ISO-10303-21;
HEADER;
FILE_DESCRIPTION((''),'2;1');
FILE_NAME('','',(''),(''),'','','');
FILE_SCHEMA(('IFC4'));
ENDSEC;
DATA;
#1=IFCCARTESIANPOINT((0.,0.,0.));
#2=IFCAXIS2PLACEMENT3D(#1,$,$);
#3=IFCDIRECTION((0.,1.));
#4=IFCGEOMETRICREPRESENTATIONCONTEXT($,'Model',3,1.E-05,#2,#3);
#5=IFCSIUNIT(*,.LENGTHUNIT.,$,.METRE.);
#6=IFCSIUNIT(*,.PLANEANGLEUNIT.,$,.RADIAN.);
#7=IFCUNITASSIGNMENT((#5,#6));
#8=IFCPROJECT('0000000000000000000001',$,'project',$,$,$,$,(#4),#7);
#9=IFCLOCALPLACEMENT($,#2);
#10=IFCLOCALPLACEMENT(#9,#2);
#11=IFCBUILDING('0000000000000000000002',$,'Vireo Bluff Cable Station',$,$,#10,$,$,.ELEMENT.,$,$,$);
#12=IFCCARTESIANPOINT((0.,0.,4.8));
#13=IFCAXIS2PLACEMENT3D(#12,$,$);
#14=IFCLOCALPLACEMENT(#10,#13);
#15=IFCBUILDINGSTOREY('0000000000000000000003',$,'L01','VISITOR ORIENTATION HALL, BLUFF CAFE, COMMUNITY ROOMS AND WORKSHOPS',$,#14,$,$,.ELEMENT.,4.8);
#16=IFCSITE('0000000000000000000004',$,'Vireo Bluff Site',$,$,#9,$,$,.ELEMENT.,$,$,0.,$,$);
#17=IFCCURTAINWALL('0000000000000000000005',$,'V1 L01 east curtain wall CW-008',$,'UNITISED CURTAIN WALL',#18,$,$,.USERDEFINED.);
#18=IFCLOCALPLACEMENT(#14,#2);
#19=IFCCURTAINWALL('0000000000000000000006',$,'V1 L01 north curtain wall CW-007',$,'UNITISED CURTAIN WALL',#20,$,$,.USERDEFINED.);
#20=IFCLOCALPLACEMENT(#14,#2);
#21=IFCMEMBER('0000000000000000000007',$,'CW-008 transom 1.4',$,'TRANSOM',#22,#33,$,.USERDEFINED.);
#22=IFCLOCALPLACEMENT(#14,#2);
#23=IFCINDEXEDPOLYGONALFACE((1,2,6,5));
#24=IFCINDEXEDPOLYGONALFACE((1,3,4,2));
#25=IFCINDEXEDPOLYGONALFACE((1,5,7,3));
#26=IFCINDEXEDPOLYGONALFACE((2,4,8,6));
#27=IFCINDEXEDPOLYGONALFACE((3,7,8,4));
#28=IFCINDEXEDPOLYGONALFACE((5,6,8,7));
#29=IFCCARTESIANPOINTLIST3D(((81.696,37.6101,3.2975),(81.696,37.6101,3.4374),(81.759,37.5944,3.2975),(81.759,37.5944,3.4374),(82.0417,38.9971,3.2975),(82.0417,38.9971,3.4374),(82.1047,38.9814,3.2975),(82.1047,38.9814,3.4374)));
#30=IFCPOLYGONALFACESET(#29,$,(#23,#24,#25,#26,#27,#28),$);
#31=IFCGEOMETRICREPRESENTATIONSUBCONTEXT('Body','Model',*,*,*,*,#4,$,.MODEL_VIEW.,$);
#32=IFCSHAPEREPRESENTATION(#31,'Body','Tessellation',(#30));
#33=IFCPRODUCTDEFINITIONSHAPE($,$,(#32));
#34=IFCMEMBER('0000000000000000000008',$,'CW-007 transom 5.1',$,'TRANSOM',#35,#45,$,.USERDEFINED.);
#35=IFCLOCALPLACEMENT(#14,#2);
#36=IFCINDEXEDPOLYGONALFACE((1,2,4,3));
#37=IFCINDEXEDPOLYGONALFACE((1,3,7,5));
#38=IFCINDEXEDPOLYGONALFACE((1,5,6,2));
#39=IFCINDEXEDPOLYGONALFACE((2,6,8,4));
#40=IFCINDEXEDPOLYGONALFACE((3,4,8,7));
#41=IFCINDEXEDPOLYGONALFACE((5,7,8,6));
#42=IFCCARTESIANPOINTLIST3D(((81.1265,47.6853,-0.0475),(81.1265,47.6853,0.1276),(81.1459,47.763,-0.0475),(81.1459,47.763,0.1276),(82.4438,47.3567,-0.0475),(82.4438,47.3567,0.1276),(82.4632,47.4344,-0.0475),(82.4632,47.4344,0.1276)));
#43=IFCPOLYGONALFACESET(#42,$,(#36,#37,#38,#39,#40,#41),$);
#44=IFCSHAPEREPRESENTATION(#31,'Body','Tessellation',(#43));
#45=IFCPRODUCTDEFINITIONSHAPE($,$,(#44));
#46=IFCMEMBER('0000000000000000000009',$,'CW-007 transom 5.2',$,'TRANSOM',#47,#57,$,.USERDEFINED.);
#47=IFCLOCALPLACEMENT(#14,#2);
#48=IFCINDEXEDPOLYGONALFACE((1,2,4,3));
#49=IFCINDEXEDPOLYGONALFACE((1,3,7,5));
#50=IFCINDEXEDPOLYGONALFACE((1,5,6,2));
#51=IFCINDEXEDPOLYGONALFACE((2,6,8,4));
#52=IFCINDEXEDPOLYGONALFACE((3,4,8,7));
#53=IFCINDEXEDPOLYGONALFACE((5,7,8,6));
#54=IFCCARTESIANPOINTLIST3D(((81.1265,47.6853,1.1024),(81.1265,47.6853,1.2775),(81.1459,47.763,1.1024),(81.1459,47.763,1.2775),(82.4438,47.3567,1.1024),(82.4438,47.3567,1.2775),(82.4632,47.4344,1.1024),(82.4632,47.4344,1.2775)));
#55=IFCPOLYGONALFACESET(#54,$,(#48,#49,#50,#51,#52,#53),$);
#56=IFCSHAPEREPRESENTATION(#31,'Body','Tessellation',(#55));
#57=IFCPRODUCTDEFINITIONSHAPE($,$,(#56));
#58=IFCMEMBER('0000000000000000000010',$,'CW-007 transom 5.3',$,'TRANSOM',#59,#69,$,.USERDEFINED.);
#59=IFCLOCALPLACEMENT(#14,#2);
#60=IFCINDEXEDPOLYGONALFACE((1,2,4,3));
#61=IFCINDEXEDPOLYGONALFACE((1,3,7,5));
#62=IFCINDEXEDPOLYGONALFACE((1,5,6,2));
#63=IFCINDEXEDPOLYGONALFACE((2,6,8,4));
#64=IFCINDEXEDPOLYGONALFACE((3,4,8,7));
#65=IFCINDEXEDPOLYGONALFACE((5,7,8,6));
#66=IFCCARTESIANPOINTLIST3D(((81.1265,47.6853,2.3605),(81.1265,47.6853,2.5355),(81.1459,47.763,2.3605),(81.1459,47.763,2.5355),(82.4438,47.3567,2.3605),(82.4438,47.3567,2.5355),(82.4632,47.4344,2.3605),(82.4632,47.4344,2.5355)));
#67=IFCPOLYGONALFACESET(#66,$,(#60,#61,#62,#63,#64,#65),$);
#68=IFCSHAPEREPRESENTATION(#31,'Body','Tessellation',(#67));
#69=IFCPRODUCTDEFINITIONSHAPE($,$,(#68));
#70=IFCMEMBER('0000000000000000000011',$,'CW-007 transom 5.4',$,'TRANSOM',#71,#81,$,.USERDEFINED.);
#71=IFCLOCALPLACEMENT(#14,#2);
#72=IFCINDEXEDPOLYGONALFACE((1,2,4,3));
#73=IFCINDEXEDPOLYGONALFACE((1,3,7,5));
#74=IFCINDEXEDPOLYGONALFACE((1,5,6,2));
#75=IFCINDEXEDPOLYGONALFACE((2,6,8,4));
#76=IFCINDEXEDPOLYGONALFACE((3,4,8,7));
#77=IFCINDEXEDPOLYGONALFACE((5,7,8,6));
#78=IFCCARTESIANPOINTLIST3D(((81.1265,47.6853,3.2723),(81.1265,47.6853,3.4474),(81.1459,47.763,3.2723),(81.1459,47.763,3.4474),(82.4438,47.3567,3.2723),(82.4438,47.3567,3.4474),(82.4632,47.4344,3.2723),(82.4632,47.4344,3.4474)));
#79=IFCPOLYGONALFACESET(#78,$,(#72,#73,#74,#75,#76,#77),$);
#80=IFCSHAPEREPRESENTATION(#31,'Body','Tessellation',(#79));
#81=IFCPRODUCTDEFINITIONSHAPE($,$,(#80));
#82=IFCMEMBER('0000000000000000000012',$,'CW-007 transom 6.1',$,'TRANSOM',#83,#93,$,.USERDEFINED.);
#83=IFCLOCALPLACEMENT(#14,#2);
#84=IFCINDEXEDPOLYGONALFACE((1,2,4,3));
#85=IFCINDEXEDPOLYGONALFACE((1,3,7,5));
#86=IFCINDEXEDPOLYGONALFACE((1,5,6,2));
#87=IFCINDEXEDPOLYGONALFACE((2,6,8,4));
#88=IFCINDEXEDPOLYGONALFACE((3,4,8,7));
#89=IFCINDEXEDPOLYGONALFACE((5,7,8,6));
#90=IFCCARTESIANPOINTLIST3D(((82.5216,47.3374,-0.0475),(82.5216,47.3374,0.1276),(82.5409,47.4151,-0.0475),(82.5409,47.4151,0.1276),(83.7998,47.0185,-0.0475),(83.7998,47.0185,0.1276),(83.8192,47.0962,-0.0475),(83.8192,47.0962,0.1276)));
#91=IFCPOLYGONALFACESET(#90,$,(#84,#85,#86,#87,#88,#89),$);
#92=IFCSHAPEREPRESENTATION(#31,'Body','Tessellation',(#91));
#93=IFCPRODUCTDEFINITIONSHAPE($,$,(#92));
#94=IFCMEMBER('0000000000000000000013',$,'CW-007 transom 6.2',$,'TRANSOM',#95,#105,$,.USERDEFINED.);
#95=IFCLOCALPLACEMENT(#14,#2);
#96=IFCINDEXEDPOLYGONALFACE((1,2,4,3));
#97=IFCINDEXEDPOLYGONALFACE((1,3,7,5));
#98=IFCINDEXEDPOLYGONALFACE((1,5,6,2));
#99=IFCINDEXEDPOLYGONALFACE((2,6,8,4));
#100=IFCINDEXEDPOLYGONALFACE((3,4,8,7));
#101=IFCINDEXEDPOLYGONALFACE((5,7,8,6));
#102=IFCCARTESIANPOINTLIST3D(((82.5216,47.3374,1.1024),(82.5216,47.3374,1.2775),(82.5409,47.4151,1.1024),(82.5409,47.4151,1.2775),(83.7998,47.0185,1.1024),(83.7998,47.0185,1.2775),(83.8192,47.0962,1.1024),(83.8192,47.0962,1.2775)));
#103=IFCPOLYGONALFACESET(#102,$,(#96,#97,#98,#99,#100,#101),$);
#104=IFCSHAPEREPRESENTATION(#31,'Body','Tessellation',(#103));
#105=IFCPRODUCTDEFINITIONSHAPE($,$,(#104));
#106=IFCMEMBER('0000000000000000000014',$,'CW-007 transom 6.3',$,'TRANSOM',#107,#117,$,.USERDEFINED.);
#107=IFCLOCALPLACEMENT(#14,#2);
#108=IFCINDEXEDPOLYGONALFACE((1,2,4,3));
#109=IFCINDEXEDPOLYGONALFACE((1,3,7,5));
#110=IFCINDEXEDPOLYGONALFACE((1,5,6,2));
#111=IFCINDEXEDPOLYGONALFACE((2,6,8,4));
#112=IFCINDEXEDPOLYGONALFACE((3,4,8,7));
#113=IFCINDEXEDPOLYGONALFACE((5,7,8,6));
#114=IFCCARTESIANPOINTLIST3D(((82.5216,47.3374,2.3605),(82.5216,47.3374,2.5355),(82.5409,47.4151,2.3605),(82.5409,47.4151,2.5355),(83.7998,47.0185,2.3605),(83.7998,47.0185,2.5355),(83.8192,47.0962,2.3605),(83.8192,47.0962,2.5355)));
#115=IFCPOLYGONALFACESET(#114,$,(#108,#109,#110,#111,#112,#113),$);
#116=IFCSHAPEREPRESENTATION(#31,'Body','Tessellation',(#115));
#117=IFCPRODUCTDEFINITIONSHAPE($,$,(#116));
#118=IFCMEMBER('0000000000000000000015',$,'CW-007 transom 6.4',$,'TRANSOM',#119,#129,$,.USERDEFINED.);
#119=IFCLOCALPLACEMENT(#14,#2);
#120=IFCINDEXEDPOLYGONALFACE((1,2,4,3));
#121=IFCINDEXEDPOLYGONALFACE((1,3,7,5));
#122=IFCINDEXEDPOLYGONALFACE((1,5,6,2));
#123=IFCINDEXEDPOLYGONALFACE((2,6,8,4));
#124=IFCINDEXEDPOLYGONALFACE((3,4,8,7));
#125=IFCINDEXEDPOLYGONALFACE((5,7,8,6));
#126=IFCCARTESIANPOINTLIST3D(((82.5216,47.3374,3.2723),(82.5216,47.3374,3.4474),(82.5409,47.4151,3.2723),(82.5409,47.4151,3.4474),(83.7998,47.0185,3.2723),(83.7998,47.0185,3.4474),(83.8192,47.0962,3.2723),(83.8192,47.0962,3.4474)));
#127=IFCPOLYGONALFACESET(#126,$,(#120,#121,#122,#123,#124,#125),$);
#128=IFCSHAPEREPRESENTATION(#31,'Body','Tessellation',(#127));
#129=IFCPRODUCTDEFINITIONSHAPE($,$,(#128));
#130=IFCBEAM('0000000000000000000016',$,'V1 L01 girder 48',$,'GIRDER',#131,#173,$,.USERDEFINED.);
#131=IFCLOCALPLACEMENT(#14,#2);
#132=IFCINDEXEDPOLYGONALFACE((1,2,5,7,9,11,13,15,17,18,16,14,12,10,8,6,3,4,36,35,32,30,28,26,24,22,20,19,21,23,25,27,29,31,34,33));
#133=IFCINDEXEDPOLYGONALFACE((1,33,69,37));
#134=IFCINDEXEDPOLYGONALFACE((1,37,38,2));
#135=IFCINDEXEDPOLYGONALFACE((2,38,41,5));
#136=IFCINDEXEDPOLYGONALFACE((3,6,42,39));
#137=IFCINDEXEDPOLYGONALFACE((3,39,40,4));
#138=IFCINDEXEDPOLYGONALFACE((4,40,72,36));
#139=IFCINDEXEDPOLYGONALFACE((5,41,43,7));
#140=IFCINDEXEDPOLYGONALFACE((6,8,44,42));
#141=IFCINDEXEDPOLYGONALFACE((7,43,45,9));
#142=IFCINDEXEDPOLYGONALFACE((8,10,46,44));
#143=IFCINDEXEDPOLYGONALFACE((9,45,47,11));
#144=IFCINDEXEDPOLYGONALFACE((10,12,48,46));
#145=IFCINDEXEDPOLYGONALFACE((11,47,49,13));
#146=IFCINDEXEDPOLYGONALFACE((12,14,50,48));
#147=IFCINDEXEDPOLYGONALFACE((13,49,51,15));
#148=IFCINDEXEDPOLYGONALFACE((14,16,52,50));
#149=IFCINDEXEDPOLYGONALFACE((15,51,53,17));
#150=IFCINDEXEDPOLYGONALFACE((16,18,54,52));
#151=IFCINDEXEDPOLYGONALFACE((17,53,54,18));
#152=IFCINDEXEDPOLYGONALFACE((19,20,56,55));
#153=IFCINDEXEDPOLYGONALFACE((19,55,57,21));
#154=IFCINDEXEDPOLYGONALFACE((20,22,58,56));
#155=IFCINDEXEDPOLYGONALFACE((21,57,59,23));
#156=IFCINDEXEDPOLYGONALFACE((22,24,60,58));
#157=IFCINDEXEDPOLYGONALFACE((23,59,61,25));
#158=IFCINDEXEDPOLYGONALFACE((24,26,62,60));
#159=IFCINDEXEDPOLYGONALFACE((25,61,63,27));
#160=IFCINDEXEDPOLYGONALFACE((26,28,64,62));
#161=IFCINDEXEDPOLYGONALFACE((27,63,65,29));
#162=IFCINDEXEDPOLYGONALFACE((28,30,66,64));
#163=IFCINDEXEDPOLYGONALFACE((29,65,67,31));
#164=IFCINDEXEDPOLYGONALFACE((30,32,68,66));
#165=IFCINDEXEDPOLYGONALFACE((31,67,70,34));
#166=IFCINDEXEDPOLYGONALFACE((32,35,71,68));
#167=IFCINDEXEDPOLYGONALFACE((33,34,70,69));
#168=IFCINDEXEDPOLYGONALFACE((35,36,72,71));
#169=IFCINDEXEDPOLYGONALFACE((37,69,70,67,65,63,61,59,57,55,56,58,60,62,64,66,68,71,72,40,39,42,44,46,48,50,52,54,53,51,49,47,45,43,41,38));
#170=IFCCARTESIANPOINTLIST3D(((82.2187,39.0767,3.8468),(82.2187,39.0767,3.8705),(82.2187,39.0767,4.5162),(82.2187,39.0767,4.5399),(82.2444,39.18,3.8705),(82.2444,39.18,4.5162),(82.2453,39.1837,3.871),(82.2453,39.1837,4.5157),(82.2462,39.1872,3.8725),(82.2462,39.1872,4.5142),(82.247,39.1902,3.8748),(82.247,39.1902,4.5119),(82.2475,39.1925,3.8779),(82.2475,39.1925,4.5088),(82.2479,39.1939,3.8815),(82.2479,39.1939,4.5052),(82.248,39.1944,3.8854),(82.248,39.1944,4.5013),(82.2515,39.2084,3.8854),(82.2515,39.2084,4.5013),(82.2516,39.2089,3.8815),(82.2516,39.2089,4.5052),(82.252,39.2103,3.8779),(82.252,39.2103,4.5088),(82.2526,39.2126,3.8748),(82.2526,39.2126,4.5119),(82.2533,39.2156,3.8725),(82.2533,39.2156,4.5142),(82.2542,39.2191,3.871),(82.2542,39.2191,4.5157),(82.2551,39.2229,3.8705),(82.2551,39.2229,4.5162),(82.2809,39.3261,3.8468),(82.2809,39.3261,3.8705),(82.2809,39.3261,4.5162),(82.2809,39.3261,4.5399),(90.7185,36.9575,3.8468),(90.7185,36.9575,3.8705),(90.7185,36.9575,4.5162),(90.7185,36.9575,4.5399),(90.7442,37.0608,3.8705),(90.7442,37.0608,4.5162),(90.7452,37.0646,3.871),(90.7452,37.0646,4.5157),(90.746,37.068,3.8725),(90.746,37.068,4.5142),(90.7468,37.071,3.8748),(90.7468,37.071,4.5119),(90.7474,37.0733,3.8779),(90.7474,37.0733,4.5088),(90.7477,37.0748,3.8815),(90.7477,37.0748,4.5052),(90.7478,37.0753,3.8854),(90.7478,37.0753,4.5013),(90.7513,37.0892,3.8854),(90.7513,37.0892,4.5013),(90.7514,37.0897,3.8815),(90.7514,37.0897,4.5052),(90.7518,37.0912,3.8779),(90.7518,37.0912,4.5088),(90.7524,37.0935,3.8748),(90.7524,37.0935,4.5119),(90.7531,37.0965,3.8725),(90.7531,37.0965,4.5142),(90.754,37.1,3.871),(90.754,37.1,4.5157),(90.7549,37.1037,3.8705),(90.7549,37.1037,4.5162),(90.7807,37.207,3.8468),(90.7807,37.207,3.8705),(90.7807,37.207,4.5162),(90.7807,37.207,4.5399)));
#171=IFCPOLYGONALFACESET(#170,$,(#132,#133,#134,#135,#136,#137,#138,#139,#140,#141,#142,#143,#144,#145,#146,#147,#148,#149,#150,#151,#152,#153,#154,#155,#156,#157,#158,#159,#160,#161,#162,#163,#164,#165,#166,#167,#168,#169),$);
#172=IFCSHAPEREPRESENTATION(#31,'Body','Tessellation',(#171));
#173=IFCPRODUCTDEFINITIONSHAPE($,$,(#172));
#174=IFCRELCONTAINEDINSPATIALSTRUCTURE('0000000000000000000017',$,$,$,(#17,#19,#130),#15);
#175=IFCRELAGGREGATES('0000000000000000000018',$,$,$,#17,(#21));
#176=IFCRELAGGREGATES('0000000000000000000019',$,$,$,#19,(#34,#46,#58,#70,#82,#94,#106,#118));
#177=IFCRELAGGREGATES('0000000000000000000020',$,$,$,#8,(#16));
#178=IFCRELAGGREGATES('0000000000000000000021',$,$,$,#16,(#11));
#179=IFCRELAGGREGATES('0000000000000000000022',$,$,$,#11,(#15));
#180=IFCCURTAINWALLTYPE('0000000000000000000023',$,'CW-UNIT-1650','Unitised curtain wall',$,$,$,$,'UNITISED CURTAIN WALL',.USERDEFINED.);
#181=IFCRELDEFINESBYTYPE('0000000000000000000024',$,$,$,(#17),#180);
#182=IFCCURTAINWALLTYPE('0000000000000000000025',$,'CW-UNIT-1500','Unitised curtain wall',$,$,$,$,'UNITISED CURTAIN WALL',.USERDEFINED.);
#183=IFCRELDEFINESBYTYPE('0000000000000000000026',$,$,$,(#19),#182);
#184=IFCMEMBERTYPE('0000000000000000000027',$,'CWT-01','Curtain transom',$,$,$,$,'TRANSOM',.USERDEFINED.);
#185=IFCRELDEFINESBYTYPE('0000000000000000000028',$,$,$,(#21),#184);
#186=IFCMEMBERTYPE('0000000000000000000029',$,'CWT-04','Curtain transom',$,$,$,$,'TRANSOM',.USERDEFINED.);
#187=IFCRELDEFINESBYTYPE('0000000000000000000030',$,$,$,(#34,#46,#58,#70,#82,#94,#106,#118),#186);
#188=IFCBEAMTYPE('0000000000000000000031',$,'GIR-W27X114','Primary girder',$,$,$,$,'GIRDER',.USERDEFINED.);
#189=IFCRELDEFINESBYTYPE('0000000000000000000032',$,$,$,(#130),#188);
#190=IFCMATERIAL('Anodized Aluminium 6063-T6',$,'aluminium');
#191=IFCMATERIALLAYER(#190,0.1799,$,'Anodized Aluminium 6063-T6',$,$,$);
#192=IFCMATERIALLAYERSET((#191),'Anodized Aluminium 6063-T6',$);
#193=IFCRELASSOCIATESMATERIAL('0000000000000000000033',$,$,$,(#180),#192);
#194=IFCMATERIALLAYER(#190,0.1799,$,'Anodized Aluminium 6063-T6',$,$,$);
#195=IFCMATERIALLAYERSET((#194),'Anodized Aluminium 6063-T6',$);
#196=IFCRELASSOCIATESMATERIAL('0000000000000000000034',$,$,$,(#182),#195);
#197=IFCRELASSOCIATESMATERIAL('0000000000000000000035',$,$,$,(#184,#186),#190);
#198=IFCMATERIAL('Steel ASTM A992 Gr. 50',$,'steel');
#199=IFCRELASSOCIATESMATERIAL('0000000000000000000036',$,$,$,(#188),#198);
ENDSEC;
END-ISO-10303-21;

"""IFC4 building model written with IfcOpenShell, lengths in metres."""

from ifc_helpers import new_model, si_unit, direction, frame, origin, origin_2d, place, context, subcontext, project, spatial, rectangle, i_section, extrude, material, layer, layer_set, material_profile, profile_set, type_object, element, aggregate, save


model = new_model("IFC4")

# Units and contexts
model_context = context("Model", 3, precision=1e-05, world=origin(), true_north=direction((0.0, 1.0)))
body_context = subcontext(model_context, "Body", "Model", "MODEL_VIEW")
ifc_project = project(units=[si_unit("LENGTHUNIT", "METRE"), si_unit("PLANEANGLEUNIT", "RADIAN")], contexts=[model_context])

# Site, building, storey
site_placement = place(None, origin())
site = spatial("IfcSite", under=ifc_project, at=site_placement, Name="Vireo Bluff Site", CompositionType="ELEMENT", RefElevation=0.0)
building_placement = place(site_placement, origin())
building = spatial("IfcBuilding", under=site, at=building_placement, Name="Vireo Bluff Cable Station", CompositionType="ELEMENT")
storey_placement = place(building_placement, frame((0.0, 0.0, 4.8)))
storey = spatial("IfcBuildingStorey", under=building, at=storey_placement, Name="L01", Description="VISITOR ORIENTATION HALL, BLUFF CAFE, COMMUNITY ROOMS AND WORKSHOPS", CompositionType="ELEMENT", Elevation=4.8)

# Shared definitions
ifc_material_1 = material(Name="Steel ASTM A992 Gr. 50", Category="steel")

# Curtain wall
ifc_material_2 = material(Name="Anodized Aluminium 6063-T6", Category="aluminium")
ifc_layer_1 = layer(ifc_material_2, 0.1799, Name="Anodized Aluminium 6063-T6")
ifc_layer_set_1 = layer_set([ifc_layer_1], Name="Anodized Aluminium 6063-T6")
curtain_wall_type_1 = type_object("IfcCurtainWallType", Name="CW-UNIT-1650", Description="Unitised curtain wall", ElementType="UNITISED CURTAIN WALL", PredefinedType="USERDEFINED", material=ifc_layer_set_1)
curtain_wall_1_placement = place(storey_placement, origin())
curtain_wall_1 = element("IfcCurtainWall", 1, at=curtain_wall_1_placement, inside=storey, type_object=curtain_wall_type_1, Name="V1 L01 east curtain wall CW-008", ObjectType="UNITISED CURTAIN WALL", PredefinedType="USERDEFINED")

# Curtain wall
ifc_layer_2 = layer(ifc_material_2, 0.1799, Name="Anodized Aluminium 6063-T6")
ifc_layer_set_2 = layer_set([ifc_layer_2], Name="Anodized Aluminium 6063-T6")
curtain_wall_type_2 = type_object("IfcCurtainWallType", Name="CW-UNIT-1500", Description="Unitised curtain wall", ElementType="UNITISED CURTAIN WALL", PredefinedType="USERDEFINED", material=ifc_layer_set_2)
curtain_wall_2_placement = place(storey_placement, origin())
curtain_wall_2 = element("IfcCurtainWall", 2, at=curtain_wall_2_placement, inside=storey, type_object=curtain_wall_type_2, Name="V1 L01 north curtain wall CW-007", ObjectType="UNITISED CURTAIN WALL", PredefinedType="USERDEFINED")

# Members
ifc_material_profile_1 = material_profile(ifc_material_2, rectangle(XDim=0.0649, YDim=0.1399, at=origin_2d()), Name="ALU-T-65X140")
ifc_profile_set_1 = profile_set([ifc_material_profile_1], Name="Anodized Aluminium 6063-T6")
member_type_1 = type_object("IfcMemberType", Name="CWT-01", Description="Curtain transom", ElementType="TRANSOM", PredefinedType="USERDEFINED", material=ifc_profile_set_1)
member_1_placement = place(storey_placement, frame((82.0732, 38.9893, 3.3674), z_axis=(-0.241852, -0.970313, 0.0), x_axis=(0.970313, -0.241852, 0.0)))
member_1 = element("IfcMember", 3, at=member_1_placement, type_object=member_type_1, Name="CW-008 transom 1.4", ObjectType="TRANSOM", PredefinedType="USERDEFINED", context=body_context, shape_type="SweptSolid", body=[
    extrude(rectangle(XDim=0.0649, YDim=0.1399, at=origin_2d()), origin(), (0.0, 0.0, 1.0), 1.4294),
])
aggregate(curtain_wall_1, [member_1])
ifc_material_profile_2 = material_profile(ifc_material_2, rectangle(XDim=0.0801, YDim=0.175, at=origin_2d()), Name="ALU-T-80X175")
ifc_profile_set_2 = profile_set([ifc_material_profile_2], Name="Anodized Aluminium 6063-T6")
member_type_2 = type_object("IfcMemberType", Name="CWT-04", Description="Curtain transom", ElementType="TRANSOM", PredefinedType="USERDEFINED", material=ifc_profile_set_2)
member_2_placement = place(storey_placement, frame((81.1362, 47.7241, 0.04), z_axis=(0.970269, -0.242028, 0.0), x_axis=(0.242028, 0.970269, 0.0)))
member_2 = element("IfcMember", 4, at=member_2_placement, type_object=member_type_2, Name="CW-007 transom 5.1", ObjectType="TRANSOM", PredefinedType="USERDEFINED", context=body_context, shape_type="SweptSolid", body=[
    extrude(rectangle(XDim=0.0801, YDim=0.175, at=origin_2d()), origin(), (0.0, 0.0, 1.0), 1.3577),
])
member_3_placement = place(storey_placement, frame((81.1362, 47.7241, 1.1899), z_axis=(0.970269, -0.242028, 0.0), x_axis=(0.242028, 0.970269, 0.0)))
member_3 = element("IfcMember", 5, at=member_3_placement, type_object=member_type_2, Name="CW-007 transom 5.2", ObjectType="TRANSOM", PredefinedType="USERDEFINED", context=body_context, shape_type="SweptSolid", body=[
    extrude(rectangle(XDim=0.0801, YDim=0.175, at=origin_2d()), origin(), (0.0, 0.0, 1.0), 1.3577),
])
member_4_placement = place(storey_placement, frame((81.1362, 47.7241, 2.448), z_axis=(0.970269, -0.242028, 0.0), x_axis=(0.242028, 0.970269, 0.0)))
member_4 = element("IfcMember", 6, at=member_4_placement, type_object=member_type_2, Name="CW-007 transom 5.3", ObjectType="TRANSOM", PredefinedType="USERDEFINED", context=body_context, shape_type="SweptSolid", body=[
    extrude(rectangle(XDim=0.0801, YDim=0.175, at=origin_2d()), origin(), (0.0, 0.0, 1.0), 1.3577),
])
member_5_placement = place(storey_placement, frame((81.1362, 47.7241, 3.3599), z_axis=(0.970269, -0.242028, 0.0), x_axis=(0.242028, 0.970269, 0.0)))
member_5 = element("IfcMember", 7, at=member_5_placement, type_object=member_type_2, Name="CW-007 transom 5.4", ObjectType="TRANSOM", PredefinedType="USERDEFINED", context=body_context, shape_type="SweptSolid", body=[
    extrude(rectangle(XDim=0.0801, YDim=0.175, at=origin_2d()), origin(), (0.0, 0.0, 1.0), 1.3577),
])
member_6_placement = place(storey_placement, frame((82.5312, 47.3762, 0.04), z_axis=(0.970273, -0.242012, 0.0), x_axis=(0.242012, 0.970273, 0.0)))
member_6 = element("IfcMember", 8, at=member_6_placement, type_object=member_type_2, Name="CW-007 transom 6.1", ObjectType="TRANSOM", PredefinedType="USERDEFINED", context=body_context, shape_type="SweptSolid", body=[
    extrude(rectangle(XDim=0.0801, YDim=0.175, at=origin_2d()), origin(), (0.0, 0.0, 1.0), 1.3174),
])
member_7_placement = place(storey_placement, frame((82.5312, 47.3762, 1.1899), z_axis=(0.970273, -0.242012, 0.0), x_axis=(0.242012, 0.970273, 0.0)))
member_7 = element("IfcMember", 9, at=member_7_placement, type_object=member_type_2, Name="CW-007 transom 6.2", ObjectType="TRANSOM", PredefinedType="USERDEFINED", context=body_context, shape_type="SweptSolid", body=[
    extrude(rectangle(XDim=0.0801, YDim=0.175, at=origin_2d()), origin(), (0.0, 0.0, 1.0), 1.3174),
])
member_8_placement = place(storey_placement, frame((82.5312, 47.3762, 2.448), z_axis=(0.970273, -0.242012, 0.0), x_axis=(0.242012, 0.970273, 0.0)))
member_8 = element("IfcMember", 10, at=member_8_placement, type_object=member_type_2, Name="CW-007 transom 6.3", ObjectType="TRANSOM", PredefinedType="USERDEFINED", context=body_context, shape_type="SweptSolid", body=[
    extrude(rectangle(XDim=0.0801, YDim=0.175, at=origin_2d()), origin(), (0.0, 0.0, 1.0), 1.3174),
])
member_9_placement = place(storey_placement, frame((82.5312, 47.3762, 3.3599), z_axis=(0.970273, -0.242012, 0.0), x_axis=(0.242012, 0.970273, 0.0)))
member_9 = element("IfcMember", 11, at=member_9_placement, type_object=member_type_2, Name="CW-007 transom 6.4", ObjectType="TRANSOM", PredefinedType="USERDEFINED", context=body_context, shape_type="SweptSolid", body=[
    extrude(rectangle(XDim=0.0801, YDim=0.175, at=origin_2d()), origin(), (0.0, 0.0, 1.0), 1.3174),
])

# Beam
ifc_material_profile_3 = material_profile(ifc_material_1, i_section(OverallWidth=0.2571, OverallDepth=0.6931, WebThickness=0.0144, FlangeThickness=0.0237, FilletRadius=0.0149, at=origin_2d()), Name="W27X114")
ifc_profile_set_3 = profile_set([ifc_material_profile_3], Name="Steel ASTM A992 Gr. 50")
beam_type_1 = type_object("IfcBeamType", Name="GIR-W27X114", Description="Primary girder", ElementType="GIRDER", PredefinedType="USERDEFINED", material=ifc_profile_set_3)
beam_1_placement = place(storey_placement, frame((82.2498, 39.2014, 4.1934), z_axis=(0.970298, -0.241913, 0.0), x_axis=(0.241913, 0.970298, 0.0)))
element("IfcBeam", 12, at=beam_1_placement, inside=storey, type_object=beam_type_1, Name="V1 L01 girder 48", ObjectType="GIRDER", PredefinedType="USERDEFINED", context=body_context, shape_type="SweptSolid", body=[
    extrude(i_section(OverallWidth=0.2571, OverallDepth=0.6931, WebThickness=0.0144, FlangeThickness=0.0237, FilletRadius=0.0149, at=origin_2d()), origin(), (0.0, 0.0, 1.0), 8.76),
])

aggregate(curtain_wall_2, [member_2, member_3, member_4, member_5, member_6, member_7, member_8, member_9])

save(model, "model.ifc")
